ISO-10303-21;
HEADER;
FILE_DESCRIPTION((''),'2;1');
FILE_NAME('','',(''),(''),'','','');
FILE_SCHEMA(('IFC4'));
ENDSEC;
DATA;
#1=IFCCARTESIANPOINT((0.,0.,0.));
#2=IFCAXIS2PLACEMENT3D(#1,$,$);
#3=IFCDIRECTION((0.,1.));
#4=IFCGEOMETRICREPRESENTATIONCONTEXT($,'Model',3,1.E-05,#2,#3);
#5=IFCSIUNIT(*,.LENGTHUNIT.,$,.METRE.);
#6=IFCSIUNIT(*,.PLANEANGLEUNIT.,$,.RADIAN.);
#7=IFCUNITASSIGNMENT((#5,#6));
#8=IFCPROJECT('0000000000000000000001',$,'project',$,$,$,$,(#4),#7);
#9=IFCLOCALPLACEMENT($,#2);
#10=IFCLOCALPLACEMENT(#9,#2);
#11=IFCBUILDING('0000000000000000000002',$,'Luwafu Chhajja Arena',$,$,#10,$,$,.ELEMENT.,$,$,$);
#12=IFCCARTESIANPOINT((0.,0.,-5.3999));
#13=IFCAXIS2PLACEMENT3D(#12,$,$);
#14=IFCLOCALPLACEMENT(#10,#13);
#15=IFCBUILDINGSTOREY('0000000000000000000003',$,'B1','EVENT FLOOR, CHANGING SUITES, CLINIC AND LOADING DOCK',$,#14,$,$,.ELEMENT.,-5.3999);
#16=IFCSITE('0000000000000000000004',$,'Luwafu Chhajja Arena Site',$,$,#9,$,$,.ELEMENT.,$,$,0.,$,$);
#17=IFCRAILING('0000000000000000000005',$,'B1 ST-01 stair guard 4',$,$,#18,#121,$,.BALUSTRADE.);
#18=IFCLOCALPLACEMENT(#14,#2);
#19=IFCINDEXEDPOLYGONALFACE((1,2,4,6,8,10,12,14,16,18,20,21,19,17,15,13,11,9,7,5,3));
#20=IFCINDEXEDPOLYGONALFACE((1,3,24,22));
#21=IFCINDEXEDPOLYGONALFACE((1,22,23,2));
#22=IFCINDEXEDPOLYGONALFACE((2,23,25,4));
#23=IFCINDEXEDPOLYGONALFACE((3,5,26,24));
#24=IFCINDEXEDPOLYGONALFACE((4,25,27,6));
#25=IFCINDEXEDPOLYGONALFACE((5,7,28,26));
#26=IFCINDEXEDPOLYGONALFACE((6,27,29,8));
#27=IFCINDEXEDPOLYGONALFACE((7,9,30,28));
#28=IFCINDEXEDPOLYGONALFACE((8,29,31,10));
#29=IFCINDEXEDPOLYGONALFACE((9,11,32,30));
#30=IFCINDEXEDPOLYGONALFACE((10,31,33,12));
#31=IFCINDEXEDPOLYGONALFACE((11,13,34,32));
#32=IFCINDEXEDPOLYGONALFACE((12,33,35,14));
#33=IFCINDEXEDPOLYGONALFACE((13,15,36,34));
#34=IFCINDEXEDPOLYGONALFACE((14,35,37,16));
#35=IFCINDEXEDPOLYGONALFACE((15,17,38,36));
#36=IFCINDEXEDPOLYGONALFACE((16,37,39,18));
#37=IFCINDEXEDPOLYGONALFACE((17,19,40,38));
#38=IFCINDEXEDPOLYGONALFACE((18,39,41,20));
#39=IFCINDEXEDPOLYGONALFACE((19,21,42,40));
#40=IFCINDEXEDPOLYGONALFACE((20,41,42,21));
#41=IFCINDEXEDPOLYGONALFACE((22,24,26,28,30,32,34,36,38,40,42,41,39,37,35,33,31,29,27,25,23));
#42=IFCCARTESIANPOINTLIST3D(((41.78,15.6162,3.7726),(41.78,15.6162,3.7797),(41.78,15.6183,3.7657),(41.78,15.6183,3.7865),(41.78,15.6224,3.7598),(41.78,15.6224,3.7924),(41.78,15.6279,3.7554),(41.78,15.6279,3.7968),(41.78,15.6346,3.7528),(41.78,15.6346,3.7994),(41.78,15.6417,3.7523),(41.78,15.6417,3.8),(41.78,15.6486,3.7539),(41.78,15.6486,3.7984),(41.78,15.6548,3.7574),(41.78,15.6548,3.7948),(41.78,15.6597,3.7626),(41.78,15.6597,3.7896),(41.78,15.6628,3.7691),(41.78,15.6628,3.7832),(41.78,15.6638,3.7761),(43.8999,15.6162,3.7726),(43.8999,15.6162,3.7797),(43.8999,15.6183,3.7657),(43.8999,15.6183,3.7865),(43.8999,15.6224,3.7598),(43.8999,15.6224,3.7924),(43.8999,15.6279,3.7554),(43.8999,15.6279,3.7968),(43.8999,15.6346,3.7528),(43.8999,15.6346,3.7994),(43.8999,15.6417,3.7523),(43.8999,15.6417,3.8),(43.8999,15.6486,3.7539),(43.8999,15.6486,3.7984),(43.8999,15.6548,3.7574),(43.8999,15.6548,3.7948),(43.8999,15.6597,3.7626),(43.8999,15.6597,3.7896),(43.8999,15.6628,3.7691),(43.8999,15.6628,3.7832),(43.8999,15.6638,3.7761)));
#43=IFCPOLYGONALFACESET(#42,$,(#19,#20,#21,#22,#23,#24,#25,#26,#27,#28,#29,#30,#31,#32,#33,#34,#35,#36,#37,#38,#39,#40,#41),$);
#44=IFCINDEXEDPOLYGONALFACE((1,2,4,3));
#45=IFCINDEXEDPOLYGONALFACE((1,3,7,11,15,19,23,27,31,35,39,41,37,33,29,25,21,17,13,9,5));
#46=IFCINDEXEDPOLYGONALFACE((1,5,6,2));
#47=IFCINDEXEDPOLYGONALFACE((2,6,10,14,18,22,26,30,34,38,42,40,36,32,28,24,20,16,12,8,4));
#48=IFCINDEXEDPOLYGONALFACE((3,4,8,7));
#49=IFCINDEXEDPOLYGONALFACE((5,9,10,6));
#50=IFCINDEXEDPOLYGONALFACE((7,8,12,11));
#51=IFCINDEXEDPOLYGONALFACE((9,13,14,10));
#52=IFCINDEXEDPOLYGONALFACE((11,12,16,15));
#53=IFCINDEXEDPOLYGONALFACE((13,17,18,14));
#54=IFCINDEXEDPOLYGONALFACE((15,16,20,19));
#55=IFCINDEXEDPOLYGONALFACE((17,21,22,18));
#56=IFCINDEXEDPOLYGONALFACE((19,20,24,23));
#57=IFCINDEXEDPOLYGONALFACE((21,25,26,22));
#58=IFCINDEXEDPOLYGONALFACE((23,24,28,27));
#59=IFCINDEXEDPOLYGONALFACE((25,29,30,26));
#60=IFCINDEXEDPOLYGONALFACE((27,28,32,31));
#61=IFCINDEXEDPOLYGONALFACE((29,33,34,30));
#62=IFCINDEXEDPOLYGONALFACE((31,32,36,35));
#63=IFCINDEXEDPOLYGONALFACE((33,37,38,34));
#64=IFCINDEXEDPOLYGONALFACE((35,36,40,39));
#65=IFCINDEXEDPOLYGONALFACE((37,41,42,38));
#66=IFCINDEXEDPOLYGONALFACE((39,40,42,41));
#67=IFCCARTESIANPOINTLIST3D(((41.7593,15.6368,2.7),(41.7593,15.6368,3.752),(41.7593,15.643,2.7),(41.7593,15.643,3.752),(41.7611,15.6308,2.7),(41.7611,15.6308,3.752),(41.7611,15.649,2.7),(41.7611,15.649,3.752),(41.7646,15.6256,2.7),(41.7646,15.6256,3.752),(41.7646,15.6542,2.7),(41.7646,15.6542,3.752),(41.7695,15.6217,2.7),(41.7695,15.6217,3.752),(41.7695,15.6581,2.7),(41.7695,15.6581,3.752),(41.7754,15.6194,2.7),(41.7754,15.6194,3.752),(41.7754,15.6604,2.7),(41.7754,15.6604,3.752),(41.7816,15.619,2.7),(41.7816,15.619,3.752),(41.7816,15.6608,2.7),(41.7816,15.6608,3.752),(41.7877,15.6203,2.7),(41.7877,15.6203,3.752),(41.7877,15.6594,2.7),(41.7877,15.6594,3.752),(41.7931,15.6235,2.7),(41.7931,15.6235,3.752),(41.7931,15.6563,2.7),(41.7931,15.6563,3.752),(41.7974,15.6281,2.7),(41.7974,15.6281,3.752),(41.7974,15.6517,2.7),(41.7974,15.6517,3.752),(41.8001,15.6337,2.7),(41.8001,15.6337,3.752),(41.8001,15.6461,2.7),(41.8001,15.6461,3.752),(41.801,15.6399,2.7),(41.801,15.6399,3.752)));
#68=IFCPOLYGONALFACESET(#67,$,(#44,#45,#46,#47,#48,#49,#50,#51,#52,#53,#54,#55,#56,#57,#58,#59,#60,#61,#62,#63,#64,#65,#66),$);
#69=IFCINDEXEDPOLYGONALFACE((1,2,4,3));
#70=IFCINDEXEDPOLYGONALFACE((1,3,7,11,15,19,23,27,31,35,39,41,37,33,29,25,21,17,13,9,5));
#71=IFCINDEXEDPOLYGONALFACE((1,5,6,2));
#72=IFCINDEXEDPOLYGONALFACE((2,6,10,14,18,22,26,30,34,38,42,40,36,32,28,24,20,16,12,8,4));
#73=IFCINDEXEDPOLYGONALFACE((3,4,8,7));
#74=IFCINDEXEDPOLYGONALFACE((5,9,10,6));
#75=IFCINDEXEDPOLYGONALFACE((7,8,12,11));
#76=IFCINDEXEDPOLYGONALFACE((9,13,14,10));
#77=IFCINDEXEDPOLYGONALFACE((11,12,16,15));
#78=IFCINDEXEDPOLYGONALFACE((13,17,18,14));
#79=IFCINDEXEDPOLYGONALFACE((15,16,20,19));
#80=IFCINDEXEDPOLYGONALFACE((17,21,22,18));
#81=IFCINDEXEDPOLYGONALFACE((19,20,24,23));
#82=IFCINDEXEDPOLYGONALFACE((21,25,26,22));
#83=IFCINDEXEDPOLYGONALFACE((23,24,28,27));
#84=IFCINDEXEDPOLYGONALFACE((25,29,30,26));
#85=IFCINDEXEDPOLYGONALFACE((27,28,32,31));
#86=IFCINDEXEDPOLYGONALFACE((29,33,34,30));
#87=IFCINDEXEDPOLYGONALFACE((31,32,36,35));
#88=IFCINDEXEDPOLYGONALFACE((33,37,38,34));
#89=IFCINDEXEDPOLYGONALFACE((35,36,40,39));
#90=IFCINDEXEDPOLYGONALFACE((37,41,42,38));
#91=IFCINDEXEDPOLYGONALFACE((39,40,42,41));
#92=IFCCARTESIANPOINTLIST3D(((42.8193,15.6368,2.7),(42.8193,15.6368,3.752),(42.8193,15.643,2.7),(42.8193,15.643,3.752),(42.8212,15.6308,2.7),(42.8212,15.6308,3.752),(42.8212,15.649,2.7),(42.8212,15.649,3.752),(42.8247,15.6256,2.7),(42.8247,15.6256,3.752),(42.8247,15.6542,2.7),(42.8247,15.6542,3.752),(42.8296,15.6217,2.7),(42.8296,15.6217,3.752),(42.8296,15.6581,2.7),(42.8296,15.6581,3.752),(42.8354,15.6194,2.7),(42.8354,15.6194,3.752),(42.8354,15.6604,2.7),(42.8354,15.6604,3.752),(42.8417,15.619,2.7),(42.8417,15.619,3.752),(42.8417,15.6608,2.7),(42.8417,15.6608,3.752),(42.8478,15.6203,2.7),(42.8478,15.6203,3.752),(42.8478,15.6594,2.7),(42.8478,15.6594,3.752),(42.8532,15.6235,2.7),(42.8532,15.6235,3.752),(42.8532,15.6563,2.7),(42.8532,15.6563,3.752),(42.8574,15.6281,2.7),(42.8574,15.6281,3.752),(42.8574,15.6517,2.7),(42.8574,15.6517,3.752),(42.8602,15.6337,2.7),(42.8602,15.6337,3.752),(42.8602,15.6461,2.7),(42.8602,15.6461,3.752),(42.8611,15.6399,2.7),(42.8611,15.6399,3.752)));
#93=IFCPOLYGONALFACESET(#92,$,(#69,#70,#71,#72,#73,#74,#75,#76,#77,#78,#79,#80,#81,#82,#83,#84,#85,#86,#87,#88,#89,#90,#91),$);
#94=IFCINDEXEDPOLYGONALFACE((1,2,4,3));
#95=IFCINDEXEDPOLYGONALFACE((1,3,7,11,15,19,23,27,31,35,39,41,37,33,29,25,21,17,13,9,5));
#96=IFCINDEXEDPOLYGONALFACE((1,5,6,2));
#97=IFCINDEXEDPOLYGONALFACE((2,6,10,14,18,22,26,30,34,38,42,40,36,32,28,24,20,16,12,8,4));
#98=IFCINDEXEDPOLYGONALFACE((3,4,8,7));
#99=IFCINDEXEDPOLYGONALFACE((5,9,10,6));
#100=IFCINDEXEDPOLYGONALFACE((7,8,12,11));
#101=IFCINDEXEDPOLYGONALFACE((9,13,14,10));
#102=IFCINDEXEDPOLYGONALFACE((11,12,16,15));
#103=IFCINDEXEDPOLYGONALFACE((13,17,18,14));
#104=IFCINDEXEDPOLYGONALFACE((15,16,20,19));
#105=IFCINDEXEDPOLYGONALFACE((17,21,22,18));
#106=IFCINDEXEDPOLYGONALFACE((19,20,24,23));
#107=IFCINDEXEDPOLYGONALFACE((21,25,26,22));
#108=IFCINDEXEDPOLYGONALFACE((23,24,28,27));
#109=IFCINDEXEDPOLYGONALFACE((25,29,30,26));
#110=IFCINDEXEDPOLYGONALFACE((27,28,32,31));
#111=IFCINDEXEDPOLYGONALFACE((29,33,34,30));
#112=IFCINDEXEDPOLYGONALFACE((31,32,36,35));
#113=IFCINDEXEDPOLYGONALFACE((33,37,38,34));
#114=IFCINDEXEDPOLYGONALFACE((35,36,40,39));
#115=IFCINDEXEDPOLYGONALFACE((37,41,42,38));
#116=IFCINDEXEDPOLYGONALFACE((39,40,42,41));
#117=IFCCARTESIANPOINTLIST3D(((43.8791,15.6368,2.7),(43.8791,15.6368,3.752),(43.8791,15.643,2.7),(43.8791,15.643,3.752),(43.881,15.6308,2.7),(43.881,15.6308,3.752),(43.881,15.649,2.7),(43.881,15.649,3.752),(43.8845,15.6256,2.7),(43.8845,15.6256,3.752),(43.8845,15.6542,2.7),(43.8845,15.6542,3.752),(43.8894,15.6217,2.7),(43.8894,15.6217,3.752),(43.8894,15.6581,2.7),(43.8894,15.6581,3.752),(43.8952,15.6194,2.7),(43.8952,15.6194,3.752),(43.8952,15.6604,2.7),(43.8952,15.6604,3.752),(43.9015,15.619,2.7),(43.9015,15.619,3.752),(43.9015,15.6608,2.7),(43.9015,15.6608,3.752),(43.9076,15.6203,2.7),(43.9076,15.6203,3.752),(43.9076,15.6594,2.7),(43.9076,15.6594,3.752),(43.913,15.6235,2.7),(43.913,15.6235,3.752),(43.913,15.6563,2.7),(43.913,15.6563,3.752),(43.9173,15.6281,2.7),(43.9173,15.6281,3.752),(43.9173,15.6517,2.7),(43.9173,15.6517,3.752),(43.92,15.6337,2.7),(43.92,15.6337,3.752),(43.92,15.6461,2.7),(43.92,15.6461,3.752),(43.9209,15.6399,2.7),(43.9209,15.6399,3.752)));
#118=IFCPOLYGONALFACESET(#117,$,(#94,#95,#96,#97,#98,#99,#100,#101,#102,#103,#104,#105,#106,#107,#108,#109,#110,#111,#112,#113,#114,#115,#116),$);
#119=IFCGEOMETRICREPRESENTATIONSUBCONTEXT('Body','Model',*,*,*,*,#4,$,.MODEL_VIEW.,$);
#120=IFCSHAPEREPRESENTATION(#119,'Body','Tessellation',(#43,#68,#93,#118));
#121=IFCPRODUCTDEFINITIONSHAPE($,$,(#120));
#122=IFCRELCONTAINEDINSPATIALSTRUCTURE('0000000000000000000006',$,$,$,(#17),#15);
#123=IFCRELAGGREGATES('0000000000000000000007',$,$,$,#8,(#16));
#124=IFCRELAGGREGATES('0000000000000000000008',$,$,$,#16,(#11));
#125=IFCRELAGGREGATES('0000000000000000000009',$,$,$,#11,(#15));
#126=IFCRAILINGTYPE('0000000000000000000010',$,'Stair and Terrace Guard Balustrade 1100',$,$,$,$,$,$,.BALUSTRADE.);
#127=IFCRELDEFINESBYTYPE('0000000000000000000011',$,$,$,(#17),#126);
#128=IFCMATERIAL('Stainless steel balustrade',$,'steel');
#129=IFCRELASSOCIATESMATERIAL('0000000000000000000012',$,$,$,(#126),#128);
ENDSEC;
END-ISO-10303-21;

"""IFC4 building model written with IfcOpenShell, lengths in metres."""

from ifc_helpers import new_model, si_unit, direction, frame, origin, origin_2d, place, context, subcontext, project, spatial, circle, extrude, material, type_object, element, save


model = new_model("IFC4")

# Units and contexts
model_context = context("Model", 3, precision=1e-05, world=origin(), true_north=direction((0.0, 1.0)))
body_context = subcontext(model_context, "Body", "Model", "MODEL_VIEW")
ifc_project = project(units=[si_unit("LENGTHUNIT", "METRE"), si_unit("PLANEANGLEUNIT", "RADIAN")], contexts=[model_context])

# Site, building, storey
site_placement = place(None, origin())
site = spatial("IfcSite", under=ifc_project, at=site_placement, Name="Luwafu Chhajja Arena Site", CompositionType="ELEMENT", RefElevation=0.0)
building_placement = place(site_placement, origin())
building = spatial("IfcBuilding", under=site, at=building_placement, Name="Luwafu Chhajja Arena", CompositionType="ELEMENT")
storey_placement = place(building_placement, frame((0.0, 0.0, -5.3999)))
storey = spatial("IfcBuildingStorey", under=building, at=storey_placement, Name="B1", Description="EVENT FLOOR, CHANGING SUITES, CLINIC AND LOADING DOCK", CompositionType="ELEMENT", Elevation=-5.3999)

# Railing
ifc_material_1 = material(Name="Stainless steel balustrade", Category="steel")
railing_type_1 = type_object("IfcRailingType", Name="Stair and Terrace Guard Balustrade 1100", PredefinedType="BALUSTRADE", material=ifc_material_1)
for number, where, name in (
    (1, (41.78, 15.6399, 2.7), "B1 ST-01 stair guard 4"),
):
    element("IfcRailing", number, at=place(storey_placement, frame(where)), inside=storey, type_object=railing_type_1, Name=name, PredefinedType="BALUSTRADE", context=body_context, shape_type="SweptSolid", body=[
        extrude(circle(Radius=0.0239, at=origin_2d()), frame((0.0, 0.0, 1.0762), z_axis=(1.0, 0.0, 0.0), x_axis=(0.0, 1.0, 0.0)), (0.0, 0.0, 1.0), 2.1199),
        extrude(circle(Radius=0.021, at=origin_2d()), origin(), (0.0, 0.0, 1.0), 1.052),
        extrude(circle(Radius=0.021, at=origin_2d()), frame((1.0601, 0.0, 0.0)), (0.0, 0.0, 1.0), 1.052),
        extrude(circle(Radius=0.021, at=origin_2d()), frame((2.1199, 0.0, 0.0)), (0.0, 0.0, 1.0), 1.052),
    ])

save(model, "model.ifc")
